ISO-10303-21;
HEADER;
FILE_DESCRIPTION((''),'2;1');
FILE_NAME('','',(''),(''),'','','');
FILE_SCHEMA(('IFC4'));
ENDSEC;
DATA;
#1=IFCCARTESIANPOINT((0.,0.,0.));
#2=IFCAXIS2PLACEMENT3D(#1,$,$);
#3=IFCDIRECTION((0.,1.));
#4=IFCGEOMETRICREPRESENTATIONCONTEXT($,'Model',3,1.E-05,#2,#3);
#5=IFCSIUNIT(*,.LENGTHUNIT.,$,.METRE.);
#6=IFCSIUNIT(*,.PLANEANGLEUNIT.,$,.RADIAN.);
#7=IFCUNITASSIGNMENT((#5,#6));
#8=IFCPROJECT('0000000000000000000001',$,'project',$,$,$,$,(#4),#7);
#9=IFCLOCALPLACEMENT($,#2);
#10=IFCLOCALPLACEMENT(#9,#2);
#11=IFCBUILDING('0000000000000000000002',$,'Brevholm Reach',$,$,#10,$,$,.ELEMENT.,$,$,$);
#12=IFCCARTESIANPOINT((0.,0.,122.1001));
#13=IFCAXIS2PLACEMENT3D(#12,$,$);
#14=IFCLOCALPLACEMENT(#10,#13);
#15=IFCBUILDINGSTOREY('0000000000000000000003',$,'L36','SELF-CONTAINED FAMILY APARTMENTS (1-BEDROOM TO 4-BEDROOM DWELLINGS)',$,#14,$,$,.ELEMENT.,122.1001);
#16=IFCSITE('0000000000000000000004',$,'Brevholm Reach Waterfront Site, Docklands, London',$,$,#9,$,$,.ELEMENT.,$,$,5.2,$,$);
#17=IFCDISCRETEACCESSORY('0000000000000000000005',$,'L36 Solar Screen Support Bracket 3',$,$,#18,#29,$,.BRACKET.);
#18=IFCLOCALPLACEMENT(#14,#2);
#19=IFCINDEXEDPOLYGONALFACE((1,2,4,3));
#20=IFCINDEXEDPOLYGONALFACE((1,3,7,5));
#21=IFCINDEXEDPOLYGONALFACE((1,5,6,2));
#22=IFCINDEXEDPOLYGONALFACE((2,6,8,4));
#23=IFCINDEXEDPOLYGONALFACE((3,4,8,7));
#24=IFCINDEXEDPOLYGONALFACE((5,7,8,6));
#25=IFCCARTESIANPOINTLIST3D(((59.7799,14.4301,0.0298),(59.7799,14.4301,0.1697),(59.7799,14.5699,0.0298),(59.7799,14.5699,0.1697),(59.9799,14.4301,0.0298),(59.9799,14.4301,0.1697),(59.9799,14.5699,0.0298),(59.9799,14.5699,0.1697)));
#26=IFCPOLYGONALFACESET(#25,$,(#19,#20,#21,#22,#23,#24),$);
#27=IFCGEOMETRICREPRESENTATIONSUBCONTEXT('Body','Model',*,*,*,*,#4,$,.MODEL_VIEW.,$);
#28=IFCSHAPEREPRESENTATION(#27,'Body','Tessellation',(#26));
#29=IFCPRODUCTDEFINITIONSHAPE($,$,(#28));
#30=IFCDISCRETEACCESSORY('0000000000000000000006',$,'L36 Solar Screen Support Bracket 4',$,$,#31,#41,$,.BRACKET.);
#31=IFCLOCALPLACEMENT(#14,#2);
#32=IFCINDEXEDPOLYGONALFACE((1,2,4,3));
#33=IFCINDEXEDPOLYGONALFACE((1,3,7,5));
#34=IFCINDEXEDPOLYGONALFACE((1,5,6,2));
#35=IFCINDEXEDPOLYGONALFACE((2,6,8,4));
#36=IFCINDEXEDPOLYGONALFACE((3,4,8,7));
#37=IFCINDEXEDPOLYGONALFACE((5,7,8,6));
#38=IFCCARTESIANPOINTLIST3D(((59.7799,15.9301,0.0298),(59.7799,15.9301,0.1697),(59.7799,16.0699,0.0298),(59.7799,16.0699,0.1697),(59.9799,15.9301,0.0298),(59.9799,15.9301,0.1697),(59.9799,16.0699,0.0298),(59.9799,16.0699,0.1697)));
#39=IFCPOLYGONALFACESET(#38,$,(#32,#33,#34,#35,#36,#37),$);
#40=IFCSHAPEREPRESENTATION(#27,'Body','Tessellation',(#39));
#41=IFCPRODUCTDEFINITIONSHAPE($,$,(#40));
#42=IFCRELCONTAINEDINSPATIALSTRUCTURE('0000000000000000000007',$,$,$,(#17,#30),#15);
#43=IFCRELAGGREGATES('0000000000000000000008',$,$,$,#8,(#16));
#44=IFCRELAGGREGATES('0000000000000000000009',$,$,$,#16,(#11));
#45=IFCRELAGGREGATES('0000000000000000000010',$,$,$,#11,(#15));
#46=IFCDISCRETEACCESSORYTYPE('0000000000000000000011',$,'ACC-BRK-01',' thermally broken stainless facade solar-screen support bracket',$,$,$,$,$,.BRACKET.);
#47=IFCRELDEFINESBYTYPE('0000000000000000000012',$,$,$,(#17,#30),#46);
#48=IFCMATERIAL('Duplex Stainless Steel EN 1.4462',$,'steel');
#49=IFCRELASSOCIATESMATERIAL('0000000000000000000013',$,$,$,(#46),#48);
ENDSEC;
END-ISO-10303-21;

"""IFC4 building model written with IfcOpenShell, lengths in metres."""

from ifc_helpers import new_model, si_unit, direction, frame, origin, origin_2d, place, context, subcontext, project, spatial, rectangle, extrude, material, type_object, element, save


model = new_model("IFC4")

# Units and contexts
model_context = context("Model", 3, precision=1e-05, world=origin(), true_north=direction((0.0, 1.0)))
body_context = subcontext(model_context, "Body", "Model", "MODEL_VIEW")
ifc_project = project(units=[si_unit("LENGTHUNIT", "METRE"), si_unit("PLANEANGLEUNIT", "RADIAN")], contexts=[model_context])

# Site, building, storey
site_placement = place(None, origin())
site = spatial("IfcSite", under=ifc_project, at=site_placement, Name="Brevholm Reach Waterfront Site, Docklands, London", CompositionType="ELEMENT", RefElevation=5.2)
building_placement = place(site_placement, origin())
building = spatial("IfcBuilding", under=site, at=building_placement, Name="Brevholm Reach", CompositionType="ELEMENT")
storey_placement = place(building_placement, frame((0.0, 0.0, 122.1001)))
storey = spatial("IfcBuildingStorey", under=building, at=storey_placement, Name="L36", Description="SELF-CONTAINED FAMILY APARTMENTS (1-BEDROOM TO 4-BEDROOM DWELLINGS)", CompositionType="ELEMENT", Elevation=122.1001)

# Discrete accessories
ifc_material_1 = material(Name="Duplex Stainless Steel EN 1.4462", Category="steel")
discrete_accessory_type = type_object("IfcDiscreteAccessoryType", Name="ACC-BRK-01", Description=" thermally broken stainless facade solar-screen support bracket", PredefinedType="BRACKET", material=ifc_material_1)
for number, where, z_axis, x_axis, name in (
    (1, (59.8799, 14.5, 0.0298), (0.0, 0.0, 1.0), (1.0, 0.0, 0.0), "L36 Solar Screen Support Bracket 3"),
    (2, (59.8799, 16.0, 0.0298), (0.0, 0.0, 1.0), (1.0, 0.0, 0.0), "L36 Solar Screen Support Bracket 4"),
):
    element("IfcDiscreteAccessory", number, at=place(storey_placement, frame(where, z_axis=z_axis, x_axis=x_axis)), inside=storey, type_object=discrete_accessory_type, Name=name, PredefinedType="BRACKET", context=body_context, shape_type="SweptSolid", body=[
        extrude(rectangle(XDim=0.2, YDim=0.1399, at=origin_2d()), origin(), (0.0, 0.0, 1.0), 0.1399),
    ])

save(model, "model.ifc")
